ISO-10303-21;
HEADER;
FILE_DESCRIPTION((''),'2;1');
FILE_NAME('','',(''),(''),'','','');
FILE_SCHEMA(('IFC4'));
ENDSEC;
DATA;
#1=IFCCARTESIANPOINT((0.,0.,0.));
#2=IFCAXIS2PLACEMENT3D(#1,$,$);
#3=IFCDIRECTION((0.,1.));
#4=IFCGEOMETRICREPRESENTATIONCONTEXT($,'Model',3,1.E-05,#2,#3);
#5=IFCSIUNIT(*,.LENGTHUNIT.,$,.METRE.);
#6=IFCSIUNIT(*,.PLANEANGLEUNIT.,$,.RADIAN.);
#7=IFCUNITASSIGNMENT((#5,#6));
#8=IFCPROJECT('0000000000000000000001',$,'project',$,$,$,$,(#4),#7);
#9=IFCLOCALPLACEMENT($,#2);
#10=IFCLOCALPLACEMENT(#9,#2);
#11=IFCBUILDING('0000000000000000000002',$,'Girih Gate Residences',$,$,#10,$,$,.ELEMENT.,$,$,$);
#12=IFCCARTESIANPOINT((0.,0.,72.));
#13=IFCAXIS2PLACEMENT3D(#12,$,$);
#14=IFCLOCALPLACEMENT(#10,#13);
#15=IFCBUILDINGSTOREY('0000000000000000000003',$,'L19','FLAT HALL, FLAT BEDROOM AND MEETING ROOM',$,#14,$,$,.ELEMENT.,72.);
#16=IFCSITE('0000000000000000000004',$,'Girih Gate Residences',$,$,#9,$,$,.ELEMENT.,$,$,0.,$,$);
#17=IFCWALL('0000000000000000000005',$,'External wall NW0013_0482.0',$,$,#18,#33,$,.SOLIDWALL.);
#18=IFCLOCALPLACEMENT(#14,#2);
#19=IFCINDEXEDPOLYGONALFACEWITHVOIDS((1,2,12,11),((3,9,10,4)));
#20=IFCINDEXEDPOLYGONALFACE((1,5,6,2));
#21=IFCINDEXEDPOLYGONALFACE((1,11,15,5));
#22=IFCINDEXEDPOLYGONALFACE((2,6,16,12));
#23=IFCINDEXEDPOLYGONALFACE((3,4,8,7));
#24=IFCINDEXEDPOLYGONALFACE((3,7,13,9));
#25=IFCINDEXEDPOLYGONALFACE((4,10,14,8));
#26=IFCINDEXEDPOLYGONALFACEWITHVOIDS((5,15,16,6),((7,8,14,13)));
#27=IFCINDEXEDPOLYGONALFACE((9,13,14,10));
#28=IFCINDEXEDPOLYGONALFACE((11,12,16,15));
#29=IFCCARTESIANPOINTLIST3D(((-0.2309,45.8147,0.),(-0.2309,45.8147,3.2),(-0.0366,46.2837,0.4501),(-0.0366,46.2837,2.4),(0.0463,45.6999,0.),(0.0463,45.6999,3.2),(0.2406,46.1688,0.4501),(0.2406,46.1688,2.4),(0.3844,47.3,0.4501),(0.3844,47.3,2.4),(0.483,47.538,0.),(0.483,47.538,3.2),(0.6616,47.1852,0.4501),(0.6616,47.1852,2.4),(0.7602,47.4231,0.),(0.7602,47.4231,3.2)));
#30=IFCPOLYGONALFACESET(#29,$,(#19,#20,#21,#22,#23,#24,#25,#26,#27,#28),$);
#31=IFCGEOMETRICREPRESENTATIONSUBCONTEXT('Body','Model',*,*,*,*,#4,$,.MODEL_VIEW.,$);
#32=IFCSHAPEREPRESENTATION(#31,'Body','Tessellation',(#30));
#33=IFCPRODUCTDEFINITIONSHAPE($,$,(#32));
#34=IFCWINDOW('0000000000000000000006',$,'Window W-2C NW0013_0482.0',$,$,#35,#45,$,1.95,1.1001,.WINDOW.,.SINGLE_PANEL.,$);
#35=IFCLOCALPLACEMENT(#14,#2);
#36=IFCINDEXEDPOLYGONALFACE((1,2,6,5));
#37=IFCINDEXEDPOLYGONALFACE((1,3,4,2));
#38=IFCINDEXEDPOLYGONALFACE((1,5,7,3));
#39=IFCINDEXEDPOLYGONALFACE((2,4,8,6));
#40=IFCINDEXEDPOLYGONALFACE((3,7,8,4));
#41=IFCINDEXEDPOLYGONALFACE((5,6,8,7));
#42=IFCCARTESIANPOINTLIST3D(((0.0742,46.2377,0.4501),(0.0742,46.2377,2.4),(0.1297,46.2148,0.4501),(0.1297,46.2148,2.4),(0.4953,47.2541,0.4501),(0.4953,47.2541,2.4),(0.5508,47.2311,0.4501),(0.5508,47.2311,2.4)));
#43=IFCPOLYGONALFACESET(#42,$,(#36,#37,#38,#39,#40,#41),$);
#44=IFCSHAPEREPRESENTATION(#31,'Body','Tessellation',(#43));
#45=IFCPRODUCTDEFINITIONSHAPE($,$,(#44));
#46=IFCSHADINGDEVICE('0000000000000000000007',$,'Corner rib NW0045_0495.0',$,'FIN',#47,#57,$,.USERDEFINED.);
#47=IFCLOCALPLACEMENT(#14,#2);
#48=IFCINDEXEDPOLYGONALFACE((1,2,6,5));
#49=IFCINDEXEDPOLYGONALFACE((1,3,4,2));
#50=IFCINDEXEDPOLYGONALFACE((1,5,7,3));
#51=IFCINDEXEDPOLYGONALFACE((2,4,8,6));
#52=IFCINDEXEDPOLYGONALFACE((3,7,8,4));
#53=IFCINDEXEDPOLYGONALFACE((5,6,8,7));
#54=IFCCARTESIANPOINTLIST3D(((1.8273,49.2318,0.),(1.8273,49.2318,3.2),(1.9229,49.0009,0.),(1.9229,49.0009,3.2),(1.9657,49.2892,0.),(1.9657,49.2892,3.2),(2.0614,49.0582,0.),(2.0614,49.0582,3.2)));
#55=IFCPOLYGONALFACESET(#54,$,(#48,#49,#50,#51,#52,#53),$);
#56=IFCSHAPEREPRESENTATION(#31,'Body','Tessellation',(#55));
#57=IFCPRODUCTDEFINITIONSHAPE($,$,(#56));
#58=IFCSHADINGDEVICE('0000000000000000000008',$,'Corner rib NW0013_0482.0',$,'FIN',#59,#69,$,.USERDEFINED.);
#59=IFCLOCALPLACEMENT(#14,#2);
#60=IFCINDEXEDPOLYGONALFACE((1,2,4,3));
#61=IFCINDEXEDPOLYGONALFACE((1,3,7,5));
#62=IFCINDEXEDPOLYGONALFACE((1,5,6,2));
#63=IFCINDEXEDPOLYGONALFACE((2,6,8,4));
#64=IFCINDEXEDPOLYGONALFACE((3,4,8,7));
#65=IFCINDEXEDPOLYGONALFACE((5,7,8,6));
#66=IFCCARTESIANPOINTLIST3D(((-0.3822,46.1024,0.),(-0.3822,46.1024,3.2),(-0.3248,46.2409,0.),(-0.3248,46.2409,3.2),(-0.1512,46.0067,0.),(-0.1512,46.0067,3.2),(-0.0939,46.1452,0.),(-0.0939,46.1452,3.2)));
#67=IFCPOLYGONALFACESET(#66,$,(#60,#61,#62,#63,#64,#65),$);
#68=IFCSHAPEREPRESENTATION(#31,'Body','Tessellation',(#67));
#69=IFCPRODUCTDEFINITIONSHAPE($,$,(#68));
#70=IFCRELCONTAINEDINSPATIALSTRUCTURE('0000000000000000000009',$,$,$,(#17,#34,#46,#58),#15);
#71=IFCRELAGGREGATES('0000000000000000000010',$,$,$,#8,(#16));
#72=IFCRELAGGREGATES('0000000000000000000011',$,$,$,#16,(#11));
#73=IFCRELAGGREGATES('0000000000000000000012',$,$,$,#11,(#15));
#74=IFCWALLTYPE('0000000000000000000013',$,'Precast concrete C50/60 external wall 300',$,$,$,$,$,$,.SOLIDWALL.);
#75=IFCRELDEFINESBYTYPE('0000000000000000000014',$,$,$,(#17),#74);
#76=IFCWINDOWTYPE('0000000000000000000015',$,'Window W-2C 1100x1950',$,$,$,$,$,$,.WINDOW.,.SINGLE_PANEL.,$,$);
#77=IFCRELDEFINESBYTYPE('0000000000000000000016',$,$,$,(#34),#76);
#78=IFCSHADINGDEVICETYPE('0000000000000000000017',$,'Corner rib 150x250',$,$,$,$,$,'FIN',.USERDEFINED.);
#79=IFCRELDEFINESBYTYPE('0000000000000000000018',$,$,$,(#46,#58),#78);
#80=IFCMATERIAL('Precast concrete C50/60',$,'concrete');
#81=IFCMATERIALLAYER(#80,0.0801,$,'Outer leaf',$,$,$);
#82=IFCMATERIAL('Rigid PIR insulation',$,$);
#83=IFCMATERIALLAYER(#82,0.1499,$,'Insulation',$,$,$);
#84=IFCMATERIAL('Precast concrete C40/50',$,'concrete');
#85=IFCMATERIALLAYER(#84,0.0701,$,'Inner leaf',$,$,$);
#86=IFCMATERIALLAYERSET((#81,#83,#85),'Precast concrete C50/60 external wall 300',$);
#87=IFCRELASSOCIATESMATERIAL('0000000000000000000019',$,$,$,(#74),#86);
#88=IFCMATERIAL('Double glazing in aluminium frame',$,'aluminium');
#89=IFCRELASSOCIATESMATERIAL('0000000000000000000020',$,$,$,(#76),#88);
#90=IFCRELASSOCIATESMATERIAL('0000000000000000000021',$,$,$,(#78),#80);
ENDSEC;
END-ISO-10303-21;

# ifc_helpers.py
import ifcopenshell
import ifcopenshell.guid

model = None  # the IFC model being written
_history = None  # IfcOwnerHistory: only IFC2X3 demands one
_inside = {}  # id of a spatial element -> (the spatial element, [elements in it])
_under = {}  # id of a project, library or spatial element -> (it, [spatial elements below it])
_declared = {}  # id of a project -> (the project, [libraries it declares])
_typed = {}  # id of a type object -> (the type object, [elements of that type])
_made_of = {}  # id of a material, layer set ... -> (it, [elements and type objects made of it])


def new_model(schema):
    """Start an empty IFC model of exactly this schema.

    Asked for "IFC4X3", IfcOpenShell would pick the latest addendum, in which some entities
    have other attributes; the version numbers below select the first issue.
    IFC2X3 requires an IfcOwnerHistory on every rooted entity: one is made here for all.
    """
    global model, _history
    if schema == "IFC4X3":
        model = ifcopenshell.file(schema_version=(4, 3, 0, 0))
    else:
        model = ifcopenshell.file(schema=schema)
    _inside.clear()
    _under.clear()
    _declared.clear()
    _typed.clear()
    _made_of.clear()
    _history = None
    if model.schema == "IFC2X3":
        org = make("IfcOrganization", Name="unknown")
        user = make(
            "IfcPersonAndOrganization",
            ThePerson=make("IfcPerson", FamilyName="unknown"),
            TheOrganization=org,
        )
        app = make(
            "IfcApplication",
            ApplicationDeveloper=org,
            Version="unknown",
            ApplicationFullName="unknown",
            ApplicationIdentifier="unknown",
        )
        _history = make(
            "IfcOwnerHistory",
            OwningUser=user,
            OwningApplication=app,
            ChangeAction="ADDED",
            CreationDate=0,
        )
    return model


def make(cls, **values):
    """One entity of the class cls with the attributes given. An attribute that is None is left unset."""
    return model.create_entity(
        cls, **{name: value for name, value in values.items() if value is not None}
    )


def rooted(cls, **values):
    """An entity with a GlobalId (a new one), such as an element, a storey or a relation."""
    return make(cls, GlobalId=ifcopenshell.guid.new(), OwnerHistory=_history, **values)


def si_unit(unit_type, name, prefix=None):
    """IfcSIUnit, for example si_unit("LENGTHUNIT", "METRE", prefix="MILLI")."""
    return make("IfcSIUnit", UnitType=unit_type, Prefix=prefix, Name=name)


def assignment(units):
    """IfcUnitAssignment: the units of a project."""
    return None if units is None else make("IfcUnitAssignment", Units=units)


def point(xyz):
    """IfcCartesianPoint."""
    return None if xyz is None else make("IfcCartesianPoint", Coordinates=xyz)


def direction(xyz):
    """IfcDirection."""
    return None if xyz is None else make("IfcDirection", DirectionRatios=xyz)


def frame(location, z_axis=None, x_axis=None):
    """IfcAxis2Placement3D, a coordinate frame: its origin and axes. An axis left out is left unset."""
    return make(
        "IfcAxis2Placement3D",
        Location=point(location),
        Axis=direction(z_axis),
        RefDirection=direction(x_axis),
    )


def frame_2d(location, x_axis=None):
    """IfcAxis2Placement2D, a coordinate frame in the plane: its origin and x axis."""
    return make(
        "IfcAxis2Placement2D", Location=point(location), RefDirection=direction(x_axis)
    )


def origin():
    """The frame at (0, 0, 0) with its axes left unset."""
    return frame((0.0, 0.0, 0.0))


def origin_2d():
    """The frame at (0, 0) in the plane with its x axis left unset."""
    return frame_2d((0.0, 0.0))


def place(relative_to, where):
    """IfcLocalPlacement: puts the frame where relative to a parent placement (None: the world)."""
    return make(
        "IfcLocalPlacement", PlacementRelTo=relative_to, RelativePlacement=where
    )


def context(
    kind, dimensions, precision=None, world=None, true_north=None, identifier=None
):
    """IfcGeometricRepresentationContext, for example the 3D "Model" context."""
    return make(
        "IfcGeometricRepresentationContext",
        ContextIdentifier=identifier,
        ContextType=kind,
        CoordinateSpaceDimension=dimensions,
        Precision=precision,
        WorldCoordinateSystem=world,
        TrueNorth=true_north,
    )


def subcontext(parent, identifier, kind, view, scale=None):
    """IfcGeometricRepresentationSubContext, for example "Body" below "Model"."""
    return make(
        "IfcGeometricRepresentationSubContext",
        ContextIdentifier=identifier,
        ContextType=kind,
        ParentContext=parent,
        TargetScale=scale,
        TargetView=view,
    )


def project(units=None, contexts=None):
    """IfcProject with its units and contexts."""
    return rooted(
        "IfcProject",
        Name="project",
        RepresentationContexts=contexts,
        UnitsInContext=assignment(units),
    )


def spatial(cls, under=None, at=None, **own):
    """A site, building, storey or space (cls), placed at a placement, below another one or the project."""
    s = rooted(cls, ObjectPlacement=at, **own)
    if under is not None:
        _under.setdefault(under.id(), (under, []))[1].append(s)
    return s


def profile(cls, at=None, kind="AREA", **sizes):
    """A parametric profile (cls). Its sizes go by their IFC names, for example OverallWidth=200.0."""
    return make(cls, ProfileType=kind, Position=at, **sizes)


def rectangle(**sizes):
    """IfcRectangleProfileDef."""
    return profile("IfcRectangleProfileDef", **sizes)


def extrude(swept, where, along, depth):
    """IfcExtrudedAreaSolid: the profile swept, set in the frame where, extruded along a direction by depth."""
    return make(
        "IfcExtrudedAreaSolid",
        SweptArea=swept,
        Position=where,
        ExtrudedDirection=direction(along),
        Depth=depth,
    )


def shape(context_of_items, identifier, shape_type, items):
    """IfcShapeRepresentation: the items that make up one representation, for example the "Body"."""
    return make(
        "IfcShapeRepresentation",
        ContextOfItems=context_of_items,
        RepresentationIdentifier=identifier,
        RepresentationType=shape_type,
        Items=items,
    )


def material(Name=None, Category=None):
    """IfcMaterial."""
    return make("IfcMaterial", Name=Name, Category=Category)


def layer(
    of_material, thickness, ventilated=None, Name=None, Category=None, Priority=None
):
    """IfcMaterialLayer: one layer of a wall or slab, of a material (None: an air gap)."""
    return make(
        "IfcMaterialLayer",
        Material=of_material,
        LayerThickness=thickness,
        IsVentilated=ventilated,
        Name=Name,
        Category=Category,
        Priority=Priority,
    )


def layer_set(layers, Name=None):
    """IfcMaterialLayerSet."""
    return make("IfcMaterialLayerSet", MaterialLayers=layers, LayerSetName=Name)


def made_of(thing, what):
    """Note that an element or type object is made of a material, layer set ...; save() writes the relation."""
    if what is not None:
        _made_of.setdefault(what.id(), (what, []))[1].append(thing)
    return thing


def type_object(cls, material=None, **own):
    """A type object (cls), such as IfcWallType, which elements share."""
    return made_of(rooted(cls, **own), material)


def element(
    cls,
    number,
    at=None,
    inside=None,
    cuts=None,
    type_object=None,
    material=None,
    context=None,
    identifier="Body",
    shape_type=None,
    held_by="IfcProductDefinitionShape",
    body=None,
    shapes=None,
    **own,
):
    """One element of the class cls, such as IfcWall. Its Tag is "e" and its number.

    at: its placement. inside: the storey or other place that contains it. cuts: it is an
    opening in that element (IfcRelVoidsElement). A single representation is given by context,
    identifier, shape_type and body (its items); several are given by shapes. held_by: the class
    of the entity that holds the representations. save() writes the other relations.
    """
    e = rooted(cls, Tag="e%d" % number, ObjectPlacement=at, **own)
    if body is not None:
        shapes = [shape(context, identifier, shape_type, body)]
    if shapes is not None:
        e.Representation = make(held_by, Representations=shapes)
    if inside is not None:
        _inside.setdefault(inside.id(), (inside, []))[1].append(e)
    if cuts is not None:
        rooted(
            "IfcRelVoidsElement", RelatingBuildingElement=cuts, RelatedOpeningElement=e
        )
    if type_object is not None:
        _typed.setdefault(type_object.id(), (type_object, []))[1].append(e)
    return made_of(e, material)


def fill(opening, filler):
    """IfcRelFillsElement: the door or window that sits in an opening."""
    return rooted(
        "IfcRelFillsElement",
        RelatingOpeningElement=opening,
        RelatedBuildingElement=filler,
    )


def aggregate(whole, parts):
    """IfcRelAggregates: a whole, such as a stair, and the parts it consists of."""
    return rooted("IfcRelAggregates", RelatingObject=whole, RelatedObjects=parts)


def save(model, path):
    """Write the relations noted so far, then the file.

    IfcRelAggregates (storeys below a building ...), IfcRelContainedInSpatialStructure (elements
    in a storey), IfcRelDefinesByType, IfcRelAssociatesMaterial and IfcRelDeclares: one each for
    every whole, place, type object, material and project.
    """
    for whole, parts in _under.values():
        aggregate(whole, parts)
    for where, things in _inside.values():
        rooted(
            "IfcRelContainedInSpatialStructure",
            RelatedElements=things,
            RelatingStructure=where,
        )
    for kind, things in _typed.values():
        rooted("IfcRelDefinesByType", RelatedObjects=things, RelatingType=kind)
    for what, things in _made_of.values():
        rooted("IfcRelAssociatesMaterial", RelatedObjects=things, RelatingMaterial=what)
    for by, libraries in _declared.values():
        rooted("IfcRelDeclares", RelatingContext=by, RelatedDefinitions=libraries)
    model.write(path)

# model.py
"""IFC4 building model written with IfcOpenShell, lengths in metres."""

from ifc_helpers import new_model, si_unit, direction, frame, frame_2d, origin, origin_2d, place, context, subcontext, project, spatial, rectangle, extrude, material, layer, layer_set, type_object, element, fill, save


model = new_model("IFC4")

# Units and contexts
model_context = context("Model", 3, precision=1e-05, world=origin(), true_north=direction((0.0, 1.0)))
body_context = subcontext(model_context, "Body", "Model", "MODEL_VIEW")
ifc_project = project(units=[si_unit("LENGTHUNIT", "METRE"), si_unit("PLANEANGLEUNIT", "RADIAN")], contexts=[model_context])

# Site, building, storey
site_placement = place(None, origin())
site = spatial("IfcSite", under=ifc_project, at=site_placement, Name="Girih Gate Residences", CompositionType="ELEMENT", RefElevation=0.0)
building_placement = place(site_placement, origin())
building = spatial("IfcBuilding", under=site, at=building_placement, Name="Girih Gate Residences", CompositionType="ELEMENT")
storey_placement = place(building_placement, frame((0.0, 0.0, 72.0)))
storey = spatial("IfcBuildingStorey", under=building, at=storey_placement, Name="L19", Description="FLAT HALL, FLAT BEDROOM AND MEETING ROOM", CompositionType="ELEMENT", Elevation=72.0)

# Wall, opening, window
ifc_material_1 = material(Name="Precast concrete C50/60", Category="concrete")
ifc_layer_1 = layer(ifc_material_1, 0.0801, Name="Outer leaf")
ifc_material_2 = material(Name="Rigid PIR insulation")
ifc_layer_2 = layer(ifc_material_2, 0.1499, Name="Insulation")
ifc_material_3 = material(Name="Precast concrete C40/50", Category="concrete")
ifc_layer_3 = layer(ifc_material_3, 0.0701, Name="Inner leaf")
ifc_layer_set = layer_set([ifc_layer_1, ifc_layer_2, ifc_layer_3], Name="Precast concrete C50/60 external wall 300")
wall_type = type_object("IfcWallType", Name="Precast concrete C50/60 external wall 300", PredefinedType="SOLIDWALL", material=ifc_layer_set)
ifc_material_4 = material(Name="Double glazing in aluminium frame", Category="aluminium")
window_type_1 = type_object("IfcWindowType", Name="Window W-2C 1100x1950", PartitioningType="SINGLE_PANEL", PredefinedType="WINDOW", material=ifc_material_4)
wall_1_placement = place(storey_placement, frame((-0.0923, 45.7573, 0.0), z_axis=(0.0, 0.0, 1.0), x_axis=(0.382737, 0.923857, 0.0)))
wall_1 = element("IfcWall", 1, at=wall_1_placement, inside=storey, type_object=wall_type, Name="External wall NW0013_0482.0", PredefinedType="SOLIDWALL", context=body_context, shape_type="SweptSolid", body=[
    extrude(rectangle(XDim=1.8652, YDim=0.3, at=frame_2d((0.9326, 0.0))), origin(), (0.0, 0.0, 1.0), 3.2),
])
opening_1_placement = place(wall_1_placement, frame((0.5076, 0.0, 0.45)))
opening_1 = element("IfcOpeningElement", 2, at=opening_1_placement, cuts=wall_1, PredefinedType="OPENING", context=body_context, shape_type="SweptSolid", body=[
    extrude(rectangle(XDim=1.1001, YDim=1.95, at=frame_2d((0.55, 0.9751))), frame((0.0, 0.1599, 0.0), z_axis=(0.0, -1.0, 0.0), x_axis=(1.0, 0.0, 0.0)), (0.0, 0.0, 1.0), 0.3201),
])
window_1_placement = place(opening_1_placement, origin())
window_1 = element("IfcWindow", 3, at=window_1_placement, inside=storey, type_object=window_type_1, Name="Window W-2C NW0013_0482.0", OverallHeight=1.95, OverallWidth=1.1001, PartitioningType="SINGLE_PANEL", PredefinedType="WINDOW", context=body_context, shape_type="SweptSolid", body=[
    extrude(rectangle(XDim=1.1001, YDim=1.95, at=frame_2d((0.55, 0.9751))), frame((0.0, 0.03, 0.0), z_axis=(0.0, -1.0, 0.0), x_axis=(1.0, 0.0, 0.0)), (0.0, 0.0, 1.0), 0.0601),
])
fill(opening_1, window_1)

# Shading devices
shading_device_type = type_object("IfcShadingDeviceType", Name="Corner rib 150x250", ElementType="FIN", PredefinedType="USERDEFINED", material=ifc_material_1)
for number, where, z_axis, x_axis, name in (
    (4, (1.9443, 49.145, 0.0), (0.0, 0.0, 1.0), (-0.92388, -0.382683, 0.0), "Corner rib NW0045_0495.0"),
    (5, (-0.238, 46.1238, 0.0), (0.0, 0.0, 1.0), (-0.382683, -0.92388, 0.0), "Corner rib NW0013_0482.0"),
):
    element("IfcShadingDevice", number, at=place(storey_placement, frame(where, z_axis=z_axis, x_axis=x_axis)), inside=storey, type_object=shading_device_type, Name=name, ObjectType="FIN", PredefinedType="USERDEFINED", context=body_context, shape_type="SweptSolid", body=[
        extrude(rectangle(XDim=0.1499, YDim=0.25, at=origin_2d()), origin(), (0.0, 0.0, 1.0), 3.2),
    ])

save(model, "model.ifc")
